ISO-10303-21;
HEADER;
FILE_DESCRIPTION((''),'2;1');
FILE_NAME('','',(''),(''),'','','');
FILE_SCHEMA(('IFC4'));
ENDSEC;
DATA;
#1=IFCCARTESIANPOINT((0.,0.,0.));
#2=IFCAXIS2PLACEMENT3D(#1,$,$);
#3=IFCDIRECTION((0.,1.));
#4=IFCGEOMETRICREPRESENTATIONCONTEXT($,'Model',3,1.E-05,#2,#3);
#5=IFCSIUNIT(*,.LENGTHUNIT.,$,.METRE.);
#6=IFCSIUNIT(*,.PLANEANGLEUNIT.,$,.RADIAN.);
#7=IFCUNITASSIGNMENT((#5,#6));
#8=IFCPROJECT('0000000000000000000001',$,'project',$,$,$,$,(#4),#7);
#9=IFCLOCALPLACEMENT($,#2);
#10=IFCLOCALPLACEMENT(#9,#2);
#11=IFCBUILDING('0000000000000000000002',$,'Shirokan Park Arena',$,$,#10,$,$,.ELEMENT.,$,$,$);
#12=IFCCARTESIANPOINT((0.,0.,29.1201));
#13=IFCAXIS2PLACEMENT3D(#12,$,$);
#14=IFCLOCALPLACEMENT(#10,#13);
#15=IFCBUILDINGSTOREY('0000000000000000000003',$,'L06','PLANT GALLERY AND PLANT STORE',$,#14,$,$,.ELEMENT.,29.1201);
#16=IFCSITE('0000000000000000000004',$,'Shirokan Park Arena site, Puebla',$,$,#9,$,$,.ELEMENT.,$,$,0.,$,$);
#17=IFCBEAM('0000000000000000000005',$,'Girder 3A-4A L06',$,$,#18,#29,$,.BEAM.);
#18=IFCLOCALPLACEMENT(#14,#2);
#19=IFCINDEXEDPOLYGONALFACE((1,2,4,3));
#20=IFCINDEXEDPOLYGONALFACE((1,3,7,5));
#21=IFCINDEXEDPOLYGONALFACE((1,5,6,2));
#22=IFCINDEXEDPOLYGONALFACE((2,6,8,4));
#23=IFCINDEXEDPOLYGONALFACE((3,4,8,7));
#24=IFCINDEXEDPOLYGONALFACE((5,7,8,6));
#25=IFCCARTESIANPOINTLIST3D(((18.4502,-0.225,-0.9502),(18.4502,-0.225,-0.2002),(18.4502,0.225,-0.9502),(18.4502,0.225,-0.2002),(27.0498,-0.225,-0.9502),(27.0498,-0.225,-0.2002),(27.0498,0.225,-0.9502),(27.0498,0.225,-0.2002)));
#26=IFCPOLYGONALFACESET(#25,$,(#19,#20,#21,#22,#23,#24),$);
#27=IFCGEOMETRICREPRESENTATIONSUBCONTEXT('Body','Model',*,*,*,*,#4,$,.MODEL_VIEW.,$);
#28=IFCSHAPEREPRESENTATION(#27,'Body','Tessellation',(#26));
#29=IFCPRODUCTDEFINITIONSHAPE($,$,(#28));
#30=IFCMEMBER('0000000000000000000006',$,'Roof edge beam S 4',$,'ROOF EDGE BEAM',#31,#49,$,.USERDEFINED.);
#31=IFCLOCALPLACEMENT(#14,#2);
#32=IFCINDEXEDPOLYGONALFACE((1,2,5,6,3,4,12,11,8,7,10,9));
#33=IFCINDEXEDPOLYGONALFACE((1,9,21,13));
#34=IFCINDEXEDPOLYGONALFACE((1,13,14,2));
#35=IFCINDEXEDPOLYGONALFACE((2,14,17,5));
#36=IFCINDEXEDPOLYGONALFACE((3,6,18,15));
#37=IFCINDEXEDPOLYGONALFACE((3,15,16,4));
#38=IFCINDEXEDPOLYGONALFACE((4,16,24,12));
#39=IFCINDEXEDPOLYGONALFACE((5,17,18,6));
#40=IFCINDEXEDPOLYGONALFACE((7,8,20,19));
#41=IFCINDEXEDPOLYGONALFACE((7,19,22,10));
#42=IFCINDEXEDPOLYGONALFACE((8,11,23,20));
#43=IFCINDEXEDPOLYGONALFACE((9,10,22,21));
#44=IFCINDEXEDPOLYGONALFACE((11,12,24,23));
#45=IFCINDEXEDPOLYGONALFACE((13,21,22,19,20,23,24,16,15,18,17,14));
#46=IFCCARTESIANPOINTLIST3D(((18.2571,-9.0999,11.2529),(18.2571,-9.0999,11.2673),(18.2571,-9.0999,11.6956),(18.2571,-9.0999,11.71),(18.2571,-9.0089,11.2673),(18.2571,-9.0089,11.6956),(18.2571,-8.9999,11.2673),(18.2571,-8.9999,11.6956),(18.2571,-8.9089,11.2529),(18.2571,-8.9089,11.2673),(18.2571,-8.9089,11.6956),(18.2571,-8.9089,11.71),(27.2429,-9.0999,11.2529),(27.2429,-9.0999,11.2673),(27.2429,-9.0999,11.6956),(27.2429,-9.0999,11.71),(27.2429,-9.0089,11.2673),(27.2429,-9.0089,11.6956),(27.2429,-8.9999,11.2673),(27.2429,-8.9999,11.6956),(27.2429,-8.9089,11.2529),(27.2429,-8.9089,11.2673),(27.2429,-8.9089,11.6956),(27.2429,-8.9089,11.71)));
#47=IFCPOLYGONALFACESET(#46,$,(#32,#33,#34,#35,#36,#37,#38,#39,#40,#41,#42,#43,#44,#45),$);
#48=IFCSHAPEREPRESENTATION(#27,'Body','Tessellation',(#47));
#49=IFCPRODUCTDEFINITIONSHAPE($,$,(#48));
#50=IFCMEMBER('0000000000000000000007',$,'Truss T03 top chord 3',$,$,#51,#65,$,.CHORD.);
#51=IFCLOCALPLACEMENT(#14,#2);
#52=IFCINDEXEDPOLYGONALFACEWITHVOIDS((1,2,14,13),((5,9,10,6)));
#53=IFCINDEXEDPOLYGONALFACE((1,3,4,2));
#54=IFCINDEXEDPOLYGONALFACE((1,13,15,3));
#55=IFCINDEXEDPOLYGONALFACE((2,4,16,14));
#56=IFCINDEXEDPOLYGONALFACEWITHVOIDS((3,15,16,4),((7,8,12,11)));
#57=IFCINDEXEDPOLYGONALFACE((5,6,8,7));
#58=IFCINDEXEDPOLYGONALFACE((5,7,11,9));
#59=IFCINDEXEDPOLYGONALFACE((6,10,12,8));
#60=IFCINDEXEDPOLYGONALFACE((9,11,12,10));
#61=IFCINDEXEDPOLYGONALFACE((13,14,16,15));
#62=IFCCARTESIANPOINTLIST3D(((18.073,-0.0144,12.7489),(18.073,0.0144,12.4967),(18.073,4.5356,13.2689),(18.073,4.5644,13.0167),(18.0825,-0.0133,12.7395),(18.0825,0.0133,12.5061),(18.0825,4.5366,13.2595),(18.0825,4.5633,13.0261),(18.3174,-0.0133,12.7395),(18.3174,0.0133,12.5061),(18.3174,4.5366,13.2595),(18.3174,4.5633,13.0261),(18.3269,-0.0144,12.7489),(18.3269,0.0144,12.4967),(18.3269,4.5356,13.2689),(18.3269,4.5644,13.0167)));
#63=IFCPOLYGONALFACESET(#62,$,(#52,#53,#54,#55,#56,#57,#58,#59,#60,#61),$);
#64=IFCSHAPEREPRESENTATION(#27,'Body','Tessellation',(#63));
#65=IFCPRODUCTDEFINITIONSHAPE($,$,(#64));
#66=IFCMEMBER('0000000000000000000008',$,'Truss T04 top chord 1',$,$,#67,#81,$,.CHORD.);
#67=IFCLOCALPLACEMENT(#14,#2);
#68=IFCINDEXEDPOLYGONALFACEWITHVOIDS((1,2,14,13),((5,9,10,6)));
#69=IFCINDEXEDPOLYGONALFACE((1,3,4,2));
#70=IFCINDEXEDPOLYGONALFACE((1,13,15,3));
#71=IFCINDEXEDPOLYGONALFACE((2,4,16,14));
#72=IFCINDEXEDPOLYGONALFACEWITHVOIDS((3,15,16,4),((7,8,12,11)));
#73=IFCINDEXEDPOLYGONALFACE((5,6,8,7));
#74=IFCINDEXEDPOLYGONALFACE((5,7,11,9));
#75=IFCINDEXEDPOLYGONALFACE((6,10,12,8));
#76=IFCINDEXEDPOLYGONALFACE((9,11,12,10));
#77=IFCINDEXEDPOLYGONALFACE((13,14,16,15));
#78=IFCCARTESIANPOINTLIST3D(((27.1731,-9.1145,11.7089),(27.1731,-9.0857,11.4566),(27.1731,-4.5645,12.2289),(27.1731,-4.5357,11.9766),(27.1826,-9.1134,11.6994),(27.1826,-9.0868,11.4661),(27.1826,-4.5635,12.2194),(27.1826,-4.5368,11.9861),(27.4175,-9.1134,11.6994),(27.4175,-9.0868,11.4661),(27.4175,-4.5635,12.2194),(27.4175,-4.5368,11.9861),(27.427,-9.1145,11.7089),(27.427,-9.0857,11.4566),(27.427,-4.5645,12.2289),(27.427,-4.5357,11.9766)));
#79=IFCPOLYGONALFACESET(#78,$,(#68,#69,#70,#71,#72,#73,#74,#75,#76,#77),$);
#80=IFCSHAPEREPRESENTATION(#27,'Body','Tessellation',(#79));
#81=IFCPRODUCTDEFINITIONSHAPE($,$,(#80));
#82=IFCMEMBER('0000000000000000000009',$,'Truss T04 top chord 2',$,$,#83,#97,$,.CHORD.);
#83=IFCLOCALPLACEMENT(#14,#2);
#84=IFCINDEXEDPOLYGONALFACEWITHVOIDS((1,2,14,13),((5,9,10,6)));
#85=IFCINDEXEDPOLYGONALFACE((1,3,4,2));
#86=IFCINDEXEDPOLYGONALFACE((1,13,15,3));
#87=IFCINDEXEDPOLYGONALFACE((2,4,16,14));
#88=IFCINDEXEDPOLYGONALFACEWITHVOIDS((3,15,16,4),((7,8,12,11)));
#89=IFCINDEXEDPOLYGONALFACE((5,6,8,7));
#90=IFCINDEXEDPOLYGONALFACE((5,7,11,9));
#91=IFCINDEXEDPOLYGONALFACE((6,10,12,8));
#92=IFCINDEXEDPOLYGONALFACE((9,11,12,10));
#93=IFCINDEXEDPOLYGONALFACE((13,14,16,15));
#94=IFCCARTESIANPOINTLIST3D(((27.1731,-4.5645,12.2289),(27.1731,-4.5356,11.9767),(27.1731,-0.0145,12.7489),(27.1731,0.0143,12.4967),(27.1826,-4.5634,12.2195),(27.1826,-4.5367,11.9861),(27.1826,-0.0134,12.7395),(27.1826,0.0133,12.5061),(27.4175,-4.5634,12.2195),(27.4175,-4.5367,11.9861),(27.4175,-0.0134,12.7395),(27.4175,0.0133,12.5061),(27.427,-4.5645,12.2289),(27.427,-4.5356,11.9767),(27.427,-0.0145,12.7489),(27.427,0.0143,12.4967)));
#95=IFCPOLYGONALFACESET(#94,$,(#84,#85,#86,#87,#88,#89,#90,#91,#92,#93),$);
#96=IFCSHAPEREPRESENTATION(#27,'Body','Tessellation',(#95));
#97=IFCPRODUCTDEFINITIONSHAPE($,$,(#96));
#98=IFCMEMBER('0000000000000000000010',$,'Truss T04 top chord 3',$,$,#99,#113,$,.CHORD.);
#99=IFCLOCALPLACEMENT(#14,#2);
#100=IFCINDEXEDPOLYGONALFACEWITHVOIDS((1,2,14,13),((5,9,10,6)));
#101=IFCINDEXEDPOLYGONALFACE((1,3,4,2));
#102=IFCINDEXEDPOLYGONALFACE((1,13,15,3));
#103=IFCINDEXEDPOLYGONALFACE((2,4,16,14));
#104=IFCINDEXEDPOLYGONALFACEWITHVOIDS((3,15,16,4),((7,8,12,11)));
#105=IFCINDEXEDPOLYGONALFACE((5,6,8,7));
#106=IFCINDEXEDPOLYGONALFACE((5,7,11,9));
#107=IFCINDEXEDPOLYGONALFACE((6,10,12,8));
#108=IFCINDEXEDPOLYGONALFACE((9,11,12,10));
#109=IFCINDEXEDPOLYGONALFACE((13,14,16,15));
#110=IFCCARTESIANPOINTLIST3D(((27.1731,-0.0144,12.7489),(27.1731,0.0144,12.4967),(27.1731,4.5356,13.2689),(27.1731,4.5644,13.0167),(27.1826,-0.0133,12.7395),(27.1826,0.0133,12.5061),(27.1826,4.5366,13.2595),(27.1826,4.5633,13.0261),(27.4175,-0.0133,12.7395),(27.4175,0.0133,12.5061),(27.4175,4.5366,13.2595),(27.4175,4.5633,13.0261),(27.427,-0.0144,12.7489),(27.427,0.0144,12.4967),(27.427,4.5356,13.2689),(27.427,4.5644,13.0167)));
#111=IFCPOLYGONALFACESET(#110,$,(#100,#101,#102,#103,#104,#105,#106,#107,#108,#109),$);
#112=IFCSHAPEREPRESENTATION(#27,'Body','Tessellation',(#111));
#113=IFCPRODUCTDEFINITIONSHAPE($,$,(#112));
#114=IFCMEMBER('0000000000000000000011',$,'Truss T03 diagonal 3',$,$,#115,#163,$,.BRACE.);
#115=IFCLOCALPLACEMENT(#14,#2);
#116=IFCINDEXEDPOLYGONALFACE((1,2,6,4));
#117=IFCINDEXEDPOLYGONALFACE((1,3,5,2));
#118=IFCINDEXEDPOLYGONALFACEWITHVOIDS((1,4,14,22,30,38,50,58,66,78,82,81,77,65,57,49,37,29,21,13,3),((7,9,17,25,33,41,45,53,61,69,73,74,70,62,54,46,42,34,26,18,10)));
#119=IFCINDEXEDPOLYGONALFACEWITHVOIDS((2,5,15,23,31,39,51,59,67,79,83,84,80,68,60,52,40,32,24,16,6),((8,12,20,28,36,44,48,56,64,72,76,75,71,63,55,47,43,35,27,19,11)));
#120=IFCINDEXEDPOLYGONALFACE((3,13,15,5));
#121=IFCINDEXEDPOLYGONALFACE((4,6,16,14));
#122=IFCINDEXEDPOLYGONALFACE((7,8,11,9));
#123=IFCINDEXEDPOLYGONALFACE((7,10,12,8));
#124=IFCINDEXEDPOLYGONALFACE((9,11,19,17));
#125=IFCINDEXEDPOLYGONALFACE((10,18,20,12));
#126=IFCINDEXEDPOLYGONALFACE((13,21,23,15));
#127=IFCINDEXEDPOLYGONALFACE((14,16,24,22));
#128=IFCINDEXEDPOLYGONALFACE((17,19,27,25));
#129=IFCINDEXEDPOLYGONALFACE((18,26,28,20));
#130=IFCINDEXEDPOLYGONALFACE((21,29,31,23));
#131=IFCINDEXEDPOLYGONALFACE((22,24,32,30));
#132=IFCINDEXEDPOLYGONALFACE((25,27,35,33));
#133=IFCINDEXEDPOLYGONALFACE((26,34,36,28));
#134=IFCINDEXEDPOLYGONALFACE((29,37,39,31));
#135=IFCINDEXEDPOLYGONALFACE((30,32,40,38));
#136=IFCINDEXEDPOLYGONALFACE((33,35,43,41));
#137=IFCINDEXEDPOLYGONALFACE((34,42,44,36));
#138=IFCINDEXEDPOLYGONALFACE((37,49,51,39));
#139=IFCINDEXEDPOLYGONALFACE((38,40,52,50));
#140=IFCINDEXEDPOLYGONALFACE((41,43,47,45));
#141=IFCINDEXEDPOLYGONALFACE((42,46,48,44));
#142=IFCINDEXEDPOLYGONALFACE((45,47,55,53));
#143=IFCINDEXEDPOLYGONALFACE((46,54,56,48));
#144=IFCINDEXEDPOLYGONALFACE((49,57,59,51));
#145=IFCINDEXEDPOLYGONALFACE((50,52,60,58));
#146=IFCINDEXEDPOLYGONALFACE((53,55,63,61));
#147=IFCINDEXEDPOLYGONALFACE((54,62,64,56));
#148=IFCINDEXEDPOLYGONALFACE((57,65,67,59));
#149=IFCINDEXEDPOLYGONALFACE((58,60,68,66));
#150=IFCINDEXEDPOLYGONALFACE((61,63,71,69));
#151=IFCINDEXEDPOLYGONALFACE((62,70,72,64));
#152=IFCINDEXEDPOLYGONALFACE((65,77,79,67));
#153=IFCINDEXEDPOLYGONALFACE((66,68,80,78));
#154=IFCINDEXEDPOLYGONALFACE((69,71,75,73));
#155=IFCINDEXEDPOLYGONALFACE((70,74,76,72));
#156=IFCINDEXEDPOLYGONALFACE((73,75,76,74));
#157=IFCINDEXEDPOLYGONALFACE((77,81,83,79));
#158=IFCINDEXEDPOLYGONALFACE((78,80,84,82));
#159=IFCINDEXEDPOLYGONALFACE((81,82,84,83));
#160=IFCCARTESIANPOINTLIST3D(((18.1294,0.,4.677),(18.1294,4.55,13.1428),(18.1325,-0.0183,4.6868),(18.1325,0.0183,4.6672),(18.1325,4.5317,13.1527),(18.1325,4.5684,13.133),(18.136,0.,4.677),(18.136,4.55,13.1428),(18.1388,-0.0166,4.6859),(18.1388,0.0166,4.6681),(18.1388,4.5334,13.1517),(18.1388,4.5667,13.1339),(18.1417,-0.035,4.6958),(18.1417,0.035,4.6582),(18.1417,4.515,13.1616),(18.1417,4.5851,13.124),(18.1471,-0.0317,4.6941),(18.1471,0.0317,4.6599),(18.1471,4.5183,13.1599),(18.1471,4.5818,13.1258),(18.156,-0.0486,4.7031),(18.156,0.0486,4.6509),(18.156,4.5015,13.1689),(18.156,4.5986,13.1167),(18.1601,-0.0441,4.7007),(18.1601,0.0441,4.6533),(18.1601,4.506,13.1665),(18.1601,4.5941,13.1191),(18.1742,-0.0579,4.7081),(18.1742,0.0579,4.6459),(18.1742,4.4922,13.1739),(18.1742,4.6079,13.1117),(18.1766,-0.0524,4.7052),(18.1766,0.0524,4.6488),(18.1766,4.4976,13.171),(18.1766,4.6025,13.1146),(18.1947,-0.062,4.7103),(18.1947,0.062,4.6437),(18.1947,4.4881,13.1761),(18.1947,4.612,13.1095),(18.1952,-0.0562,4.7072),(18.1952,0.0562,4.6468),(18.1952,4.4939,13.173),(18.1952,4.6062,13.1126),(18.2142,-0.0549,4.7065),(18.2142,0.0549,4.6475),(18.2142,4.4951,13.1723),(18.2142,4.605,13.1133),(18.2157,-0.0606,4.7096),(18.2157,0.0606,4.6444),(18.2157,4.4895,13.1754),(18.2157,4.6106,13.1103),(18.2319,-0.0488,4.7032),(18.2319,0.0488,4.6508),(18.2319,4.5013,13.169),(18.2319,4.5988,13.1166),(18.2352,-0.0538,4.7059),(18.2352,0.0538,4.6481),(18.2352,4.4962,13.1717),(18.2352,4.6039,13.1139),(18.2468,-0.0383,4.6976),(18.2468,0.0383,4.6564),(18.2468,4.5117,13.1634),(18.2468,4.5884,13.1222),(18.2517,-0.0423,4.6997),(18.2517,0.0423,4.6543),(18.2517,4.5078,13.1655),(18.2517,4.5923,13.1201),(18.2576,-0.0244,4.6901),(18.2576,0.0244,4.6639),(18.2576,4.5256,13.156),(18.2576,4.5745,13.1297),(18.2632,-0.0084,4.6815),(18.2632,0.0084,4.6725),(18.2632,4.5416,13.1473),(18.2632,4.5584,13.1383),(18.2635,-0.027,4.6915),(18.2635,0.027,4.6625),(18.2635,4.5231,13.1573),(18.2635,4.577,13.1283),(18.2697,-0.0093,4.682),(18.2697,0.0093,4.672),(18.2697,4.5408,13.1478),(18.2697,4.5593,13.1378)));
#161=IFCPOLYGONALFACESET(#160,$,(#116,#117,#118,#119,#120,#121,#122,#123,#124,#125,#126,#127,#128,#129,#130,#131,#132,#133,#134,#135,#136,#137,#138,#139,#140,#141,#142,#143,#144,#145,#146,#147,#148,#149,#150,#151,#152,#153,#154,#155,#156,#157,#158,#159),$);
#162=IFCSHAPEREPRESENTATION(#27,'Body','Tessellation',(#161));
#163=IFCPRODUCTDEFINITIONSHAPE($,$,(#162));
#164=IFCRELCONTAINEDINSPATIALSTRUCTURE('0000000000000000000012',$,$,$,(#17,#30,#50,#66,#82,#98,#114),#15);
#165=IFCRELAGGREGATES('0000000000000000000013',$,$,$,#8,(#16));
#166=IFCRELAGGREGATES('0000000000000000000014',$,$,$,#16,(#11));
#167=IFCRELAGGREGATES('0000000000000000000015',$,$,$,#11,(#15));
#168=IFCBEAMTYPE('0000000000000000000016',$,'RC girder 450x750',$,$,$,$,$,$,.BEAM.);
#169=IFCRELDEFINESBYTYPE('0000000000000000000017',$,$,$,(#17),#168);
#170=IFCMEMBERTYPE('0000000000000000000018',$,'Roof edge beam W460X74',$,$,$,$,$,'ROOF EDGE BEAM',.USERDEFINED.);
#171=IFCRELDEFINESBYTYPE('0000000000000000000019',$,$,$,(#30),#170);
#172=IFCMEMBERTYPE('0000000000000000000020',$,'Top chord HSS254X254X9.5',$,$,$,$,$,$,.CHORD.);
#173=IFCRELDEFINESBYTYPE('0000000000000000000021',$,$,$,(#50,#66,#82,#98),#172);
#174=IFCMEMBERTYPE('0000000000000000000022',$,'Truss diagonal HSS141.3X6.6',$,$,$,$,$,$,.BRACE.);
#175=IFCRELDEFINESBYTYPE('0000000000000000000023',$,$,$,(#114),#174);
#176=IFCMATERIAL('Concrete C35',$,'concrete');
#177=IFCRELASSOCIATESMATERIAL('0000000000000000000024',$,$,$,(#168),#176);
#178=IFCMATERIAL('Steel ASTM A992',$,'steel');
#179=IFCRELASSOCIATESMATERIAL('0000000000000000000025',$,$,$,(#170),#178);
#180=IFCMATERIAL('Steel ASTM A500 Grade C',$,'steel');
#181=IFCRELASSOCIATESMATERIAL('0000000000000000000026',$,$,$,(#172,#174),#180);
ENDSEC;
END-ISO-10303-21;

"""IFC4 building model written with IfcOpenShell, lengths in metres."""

from ifc_helpers import new_model, si_unit, direction, frame, origin, origin_2d, place, context, subcontext, project, spatial, rectangle, hollow_rectangle, hollow_circle, i_section, extrude, material, material_profile, profile_set, type_object, element, save


model = new_model("IFC4")

# Units and contexts
model_context = context("Model", 3, precision=1e-05, world=origin(), true_north=direction((0.0, 1.0)))
body_context = subcontext(model_context, "Body", "Model", "MODEL_VIEW")
ifc_project = project(units=[si_unit("LENGTHUNIT", "METRE"), si_unit("PLANEANGLEUNIT", "RADIAN")], contexts=[model_context])

# Site, building, storey
site_placement = place(None, origin())
site = spatial("IfcSite", under=ifc_project, at=site_placement, Name="Shirokan Park Arena site, Puebla", CompositionType="ELEMENT", RefElevation=0.0)
building_placement = place(site_placement, origin())
building = spatial("IfcBuilding", under=site, at=building_placement, Name="Shirokan Park Arena", CompositionType="ELEMENT")
storey_placement = place(building_placement, frame((0.0, 0.0, 29.1201)))
storey = spatial("IfcBuildingStorey", under=building, at=storey_placement, Name="L06", Description="PLANT GALLERY AND PLANT STORE", CompositionType="ELEMENT", Elevation=29.1201)

# Shared definitions
ifc_material_1 = material(Name="Concrete C35", Category="concrete")

# Shared definitions
ifc_material_2 = material(Name="Steel ASTM A500 Grade C", Category="steel")
ifc_material_3 = material(Name="Steel ASTM A992", Category="steel")

# Beam
ifc_material_profile_1 = material_profile(ifc_material_1, rectangle(XDim=0.45, YDim=0.75, at=origin_2d()), Name="450x750")
ifc_profile_set_1 = profile_set([ifc_material_profile_1], Name="Concrete C35")
beam_type_1 = type_object("IfcBeamType", Name="RC girder 450x750", PredefinedType="BEAM", material=ifc_profile_set_1)
beam_1_placement = place(storey_placement, frame((18.4502, 0.0, -0.5752), z_axis=(1.0, 0.0, 0.0), x_axis=(0.0, 1.0, 0.0)))
element("IfcBeam", 1, at=beam_1_placement, inside=storey, type_object=beam_type_1, Name="Girder 3A-4A L06", PredefinedType="BEAM", context=body_context, shape_type="SweptSolid", body=[
    extrude(rectangle(XDim=0.45, YDim=0.75, at=origin_2d()), origin(), (0.0, 0.0, 1.0), 8.5996),
])

# Members
ifc_material_profile_2 = material_profile(ifc_material_3, i_section(OverallWidth=0.1909, OverallDepth=0.457, WebThickness=0.009, FlangeThickness=0.0144, at=origin_2d()), Name="W460X74")
ifc_profile_set_2 = profile_set([ifc_material_profile_2], Name="Steel ASTM A992")
member_type_1 = type_object("IfcMemberType", Name="Roof edge beam W460X74", ElementType="ROOF EDGE BEAM", PredefinedType="USERDEFINED", material=ifc_profile_set_2)
member_1_placement = place(storey_placement, frame((18.2571, -9.0044, 11.4814), z_axis=(1.0, 0.0, 0.0), x_axis=(0.0, 1.0, 0.0)))
element("IfcMember", 2, at=member_1_placement, inside=storey, type_object=member_type_1, Name="Roof edge beam S 4", ObjectType="ROOF EDGE BEAM", PredefinedType="USERDEFINED", context=body_context, shape_type="SweptSolid", body=[
    extrude(i_section(OverallWidth=0.1909, OverallDepth=0.457, WebThickness=0.009, FlangeThickness=0.0144, at=origin_2d()), origin(), (0.0, 0.0, 1.0), 8.9858),
])
ifc_material_profile_3 = material_profile(ifc_material_2, hollow_rectangle(XDim=0.2539, YDim=0.2539, WallThickness=0.0095, at=origin_2d()), Name="HSS254X254X9.5")
ifc_profile_set_3 = profile_set([ifc_material_profile_3], Name="Steel ASTM A500 Grade C")
member_type_2 = type_object("IfcMemberType", Name="Top chord HSS254X254X9.5", PredefinedType="CHORD", material=ifc_profile_set_3)
for number, where, z_axis, x_axis, name in (
    (3, (18.2, 0.0, 12.6228), (0.0, 0.993532, 0.11355), (-1.0, 0.0, 0.0), "Truss T03 top chord 3"),
    (4, (27.3, -9.1001, 11.5828), (0.0, 0.993532, 0.11355), (-1.0, 0.0, 0.0), "Truss T04 top chord 1"),
    (5, (27.3, -4.55, 12.1028), (0.0, 0.993532, 0.11355), (-1.0, 0.0, 0.0), "Truss T04 top chord 2"),
    (6, (27.3, 0.0, 12.6228), (0.0, 0.993532, 0.11355), (-1.0, 0.0, 0.0), "Truss T04 top chord 3"),
):
    element("IfcMember", number, at=place(storey_placement, frame(where, z_axis=z_axis, x_axis=x_axis)), inside=storey, type_object=member_type_2, Name=name, PredefinedType="CHORD", context=body_context, shape_type="SweptSolid", body=[
        extrude(hollow_rectangle(XDim=0.2539, YDim=0.2539, WallThickness=0.0095, at=origin_2d()), origin(), (0.0, 0.0, 1.0), 4.5796),
    ])
ifc_material_profile_4 = material_profile(ifc_material_2, hollow_circle(Radius=0.0706, WallThickness=0.0066, at=origin_2d()), Name="HSS141.3X6.6")
ifc_profile_set_4 = profile_set([ifc_material_profile_4], Name="Steel ASTM A500 Grade C")
member_type_3 = type_object("IfcMemberType", Name="Truss diagonal HSS141.3X6.6", PredefinedType="BRACE", material=ifc_profile_set_4)
member_2_placement = place(storey_placement, frame((18.2, 0.0, 4.677), z_axis=(0.0, 0.473417, 0.880839), x_axis=(-1.0, 0.0, 0.0)))
element("IfcMember", 7, at=member_2_placement, inside=storey, type_object=member_type_3, Name="Truss T03 diagonal 3", PredefinedType="BRACE", context=body_context, shape_type="SweptSolid", body=[
    extrude(hollow_circle(Radius=0.0706, WallThickness=0.0066, at=origin_2d()), origin(), (0.0, 0.0, 1.0), 9.6111),
])

save(model, "model.ifc")
